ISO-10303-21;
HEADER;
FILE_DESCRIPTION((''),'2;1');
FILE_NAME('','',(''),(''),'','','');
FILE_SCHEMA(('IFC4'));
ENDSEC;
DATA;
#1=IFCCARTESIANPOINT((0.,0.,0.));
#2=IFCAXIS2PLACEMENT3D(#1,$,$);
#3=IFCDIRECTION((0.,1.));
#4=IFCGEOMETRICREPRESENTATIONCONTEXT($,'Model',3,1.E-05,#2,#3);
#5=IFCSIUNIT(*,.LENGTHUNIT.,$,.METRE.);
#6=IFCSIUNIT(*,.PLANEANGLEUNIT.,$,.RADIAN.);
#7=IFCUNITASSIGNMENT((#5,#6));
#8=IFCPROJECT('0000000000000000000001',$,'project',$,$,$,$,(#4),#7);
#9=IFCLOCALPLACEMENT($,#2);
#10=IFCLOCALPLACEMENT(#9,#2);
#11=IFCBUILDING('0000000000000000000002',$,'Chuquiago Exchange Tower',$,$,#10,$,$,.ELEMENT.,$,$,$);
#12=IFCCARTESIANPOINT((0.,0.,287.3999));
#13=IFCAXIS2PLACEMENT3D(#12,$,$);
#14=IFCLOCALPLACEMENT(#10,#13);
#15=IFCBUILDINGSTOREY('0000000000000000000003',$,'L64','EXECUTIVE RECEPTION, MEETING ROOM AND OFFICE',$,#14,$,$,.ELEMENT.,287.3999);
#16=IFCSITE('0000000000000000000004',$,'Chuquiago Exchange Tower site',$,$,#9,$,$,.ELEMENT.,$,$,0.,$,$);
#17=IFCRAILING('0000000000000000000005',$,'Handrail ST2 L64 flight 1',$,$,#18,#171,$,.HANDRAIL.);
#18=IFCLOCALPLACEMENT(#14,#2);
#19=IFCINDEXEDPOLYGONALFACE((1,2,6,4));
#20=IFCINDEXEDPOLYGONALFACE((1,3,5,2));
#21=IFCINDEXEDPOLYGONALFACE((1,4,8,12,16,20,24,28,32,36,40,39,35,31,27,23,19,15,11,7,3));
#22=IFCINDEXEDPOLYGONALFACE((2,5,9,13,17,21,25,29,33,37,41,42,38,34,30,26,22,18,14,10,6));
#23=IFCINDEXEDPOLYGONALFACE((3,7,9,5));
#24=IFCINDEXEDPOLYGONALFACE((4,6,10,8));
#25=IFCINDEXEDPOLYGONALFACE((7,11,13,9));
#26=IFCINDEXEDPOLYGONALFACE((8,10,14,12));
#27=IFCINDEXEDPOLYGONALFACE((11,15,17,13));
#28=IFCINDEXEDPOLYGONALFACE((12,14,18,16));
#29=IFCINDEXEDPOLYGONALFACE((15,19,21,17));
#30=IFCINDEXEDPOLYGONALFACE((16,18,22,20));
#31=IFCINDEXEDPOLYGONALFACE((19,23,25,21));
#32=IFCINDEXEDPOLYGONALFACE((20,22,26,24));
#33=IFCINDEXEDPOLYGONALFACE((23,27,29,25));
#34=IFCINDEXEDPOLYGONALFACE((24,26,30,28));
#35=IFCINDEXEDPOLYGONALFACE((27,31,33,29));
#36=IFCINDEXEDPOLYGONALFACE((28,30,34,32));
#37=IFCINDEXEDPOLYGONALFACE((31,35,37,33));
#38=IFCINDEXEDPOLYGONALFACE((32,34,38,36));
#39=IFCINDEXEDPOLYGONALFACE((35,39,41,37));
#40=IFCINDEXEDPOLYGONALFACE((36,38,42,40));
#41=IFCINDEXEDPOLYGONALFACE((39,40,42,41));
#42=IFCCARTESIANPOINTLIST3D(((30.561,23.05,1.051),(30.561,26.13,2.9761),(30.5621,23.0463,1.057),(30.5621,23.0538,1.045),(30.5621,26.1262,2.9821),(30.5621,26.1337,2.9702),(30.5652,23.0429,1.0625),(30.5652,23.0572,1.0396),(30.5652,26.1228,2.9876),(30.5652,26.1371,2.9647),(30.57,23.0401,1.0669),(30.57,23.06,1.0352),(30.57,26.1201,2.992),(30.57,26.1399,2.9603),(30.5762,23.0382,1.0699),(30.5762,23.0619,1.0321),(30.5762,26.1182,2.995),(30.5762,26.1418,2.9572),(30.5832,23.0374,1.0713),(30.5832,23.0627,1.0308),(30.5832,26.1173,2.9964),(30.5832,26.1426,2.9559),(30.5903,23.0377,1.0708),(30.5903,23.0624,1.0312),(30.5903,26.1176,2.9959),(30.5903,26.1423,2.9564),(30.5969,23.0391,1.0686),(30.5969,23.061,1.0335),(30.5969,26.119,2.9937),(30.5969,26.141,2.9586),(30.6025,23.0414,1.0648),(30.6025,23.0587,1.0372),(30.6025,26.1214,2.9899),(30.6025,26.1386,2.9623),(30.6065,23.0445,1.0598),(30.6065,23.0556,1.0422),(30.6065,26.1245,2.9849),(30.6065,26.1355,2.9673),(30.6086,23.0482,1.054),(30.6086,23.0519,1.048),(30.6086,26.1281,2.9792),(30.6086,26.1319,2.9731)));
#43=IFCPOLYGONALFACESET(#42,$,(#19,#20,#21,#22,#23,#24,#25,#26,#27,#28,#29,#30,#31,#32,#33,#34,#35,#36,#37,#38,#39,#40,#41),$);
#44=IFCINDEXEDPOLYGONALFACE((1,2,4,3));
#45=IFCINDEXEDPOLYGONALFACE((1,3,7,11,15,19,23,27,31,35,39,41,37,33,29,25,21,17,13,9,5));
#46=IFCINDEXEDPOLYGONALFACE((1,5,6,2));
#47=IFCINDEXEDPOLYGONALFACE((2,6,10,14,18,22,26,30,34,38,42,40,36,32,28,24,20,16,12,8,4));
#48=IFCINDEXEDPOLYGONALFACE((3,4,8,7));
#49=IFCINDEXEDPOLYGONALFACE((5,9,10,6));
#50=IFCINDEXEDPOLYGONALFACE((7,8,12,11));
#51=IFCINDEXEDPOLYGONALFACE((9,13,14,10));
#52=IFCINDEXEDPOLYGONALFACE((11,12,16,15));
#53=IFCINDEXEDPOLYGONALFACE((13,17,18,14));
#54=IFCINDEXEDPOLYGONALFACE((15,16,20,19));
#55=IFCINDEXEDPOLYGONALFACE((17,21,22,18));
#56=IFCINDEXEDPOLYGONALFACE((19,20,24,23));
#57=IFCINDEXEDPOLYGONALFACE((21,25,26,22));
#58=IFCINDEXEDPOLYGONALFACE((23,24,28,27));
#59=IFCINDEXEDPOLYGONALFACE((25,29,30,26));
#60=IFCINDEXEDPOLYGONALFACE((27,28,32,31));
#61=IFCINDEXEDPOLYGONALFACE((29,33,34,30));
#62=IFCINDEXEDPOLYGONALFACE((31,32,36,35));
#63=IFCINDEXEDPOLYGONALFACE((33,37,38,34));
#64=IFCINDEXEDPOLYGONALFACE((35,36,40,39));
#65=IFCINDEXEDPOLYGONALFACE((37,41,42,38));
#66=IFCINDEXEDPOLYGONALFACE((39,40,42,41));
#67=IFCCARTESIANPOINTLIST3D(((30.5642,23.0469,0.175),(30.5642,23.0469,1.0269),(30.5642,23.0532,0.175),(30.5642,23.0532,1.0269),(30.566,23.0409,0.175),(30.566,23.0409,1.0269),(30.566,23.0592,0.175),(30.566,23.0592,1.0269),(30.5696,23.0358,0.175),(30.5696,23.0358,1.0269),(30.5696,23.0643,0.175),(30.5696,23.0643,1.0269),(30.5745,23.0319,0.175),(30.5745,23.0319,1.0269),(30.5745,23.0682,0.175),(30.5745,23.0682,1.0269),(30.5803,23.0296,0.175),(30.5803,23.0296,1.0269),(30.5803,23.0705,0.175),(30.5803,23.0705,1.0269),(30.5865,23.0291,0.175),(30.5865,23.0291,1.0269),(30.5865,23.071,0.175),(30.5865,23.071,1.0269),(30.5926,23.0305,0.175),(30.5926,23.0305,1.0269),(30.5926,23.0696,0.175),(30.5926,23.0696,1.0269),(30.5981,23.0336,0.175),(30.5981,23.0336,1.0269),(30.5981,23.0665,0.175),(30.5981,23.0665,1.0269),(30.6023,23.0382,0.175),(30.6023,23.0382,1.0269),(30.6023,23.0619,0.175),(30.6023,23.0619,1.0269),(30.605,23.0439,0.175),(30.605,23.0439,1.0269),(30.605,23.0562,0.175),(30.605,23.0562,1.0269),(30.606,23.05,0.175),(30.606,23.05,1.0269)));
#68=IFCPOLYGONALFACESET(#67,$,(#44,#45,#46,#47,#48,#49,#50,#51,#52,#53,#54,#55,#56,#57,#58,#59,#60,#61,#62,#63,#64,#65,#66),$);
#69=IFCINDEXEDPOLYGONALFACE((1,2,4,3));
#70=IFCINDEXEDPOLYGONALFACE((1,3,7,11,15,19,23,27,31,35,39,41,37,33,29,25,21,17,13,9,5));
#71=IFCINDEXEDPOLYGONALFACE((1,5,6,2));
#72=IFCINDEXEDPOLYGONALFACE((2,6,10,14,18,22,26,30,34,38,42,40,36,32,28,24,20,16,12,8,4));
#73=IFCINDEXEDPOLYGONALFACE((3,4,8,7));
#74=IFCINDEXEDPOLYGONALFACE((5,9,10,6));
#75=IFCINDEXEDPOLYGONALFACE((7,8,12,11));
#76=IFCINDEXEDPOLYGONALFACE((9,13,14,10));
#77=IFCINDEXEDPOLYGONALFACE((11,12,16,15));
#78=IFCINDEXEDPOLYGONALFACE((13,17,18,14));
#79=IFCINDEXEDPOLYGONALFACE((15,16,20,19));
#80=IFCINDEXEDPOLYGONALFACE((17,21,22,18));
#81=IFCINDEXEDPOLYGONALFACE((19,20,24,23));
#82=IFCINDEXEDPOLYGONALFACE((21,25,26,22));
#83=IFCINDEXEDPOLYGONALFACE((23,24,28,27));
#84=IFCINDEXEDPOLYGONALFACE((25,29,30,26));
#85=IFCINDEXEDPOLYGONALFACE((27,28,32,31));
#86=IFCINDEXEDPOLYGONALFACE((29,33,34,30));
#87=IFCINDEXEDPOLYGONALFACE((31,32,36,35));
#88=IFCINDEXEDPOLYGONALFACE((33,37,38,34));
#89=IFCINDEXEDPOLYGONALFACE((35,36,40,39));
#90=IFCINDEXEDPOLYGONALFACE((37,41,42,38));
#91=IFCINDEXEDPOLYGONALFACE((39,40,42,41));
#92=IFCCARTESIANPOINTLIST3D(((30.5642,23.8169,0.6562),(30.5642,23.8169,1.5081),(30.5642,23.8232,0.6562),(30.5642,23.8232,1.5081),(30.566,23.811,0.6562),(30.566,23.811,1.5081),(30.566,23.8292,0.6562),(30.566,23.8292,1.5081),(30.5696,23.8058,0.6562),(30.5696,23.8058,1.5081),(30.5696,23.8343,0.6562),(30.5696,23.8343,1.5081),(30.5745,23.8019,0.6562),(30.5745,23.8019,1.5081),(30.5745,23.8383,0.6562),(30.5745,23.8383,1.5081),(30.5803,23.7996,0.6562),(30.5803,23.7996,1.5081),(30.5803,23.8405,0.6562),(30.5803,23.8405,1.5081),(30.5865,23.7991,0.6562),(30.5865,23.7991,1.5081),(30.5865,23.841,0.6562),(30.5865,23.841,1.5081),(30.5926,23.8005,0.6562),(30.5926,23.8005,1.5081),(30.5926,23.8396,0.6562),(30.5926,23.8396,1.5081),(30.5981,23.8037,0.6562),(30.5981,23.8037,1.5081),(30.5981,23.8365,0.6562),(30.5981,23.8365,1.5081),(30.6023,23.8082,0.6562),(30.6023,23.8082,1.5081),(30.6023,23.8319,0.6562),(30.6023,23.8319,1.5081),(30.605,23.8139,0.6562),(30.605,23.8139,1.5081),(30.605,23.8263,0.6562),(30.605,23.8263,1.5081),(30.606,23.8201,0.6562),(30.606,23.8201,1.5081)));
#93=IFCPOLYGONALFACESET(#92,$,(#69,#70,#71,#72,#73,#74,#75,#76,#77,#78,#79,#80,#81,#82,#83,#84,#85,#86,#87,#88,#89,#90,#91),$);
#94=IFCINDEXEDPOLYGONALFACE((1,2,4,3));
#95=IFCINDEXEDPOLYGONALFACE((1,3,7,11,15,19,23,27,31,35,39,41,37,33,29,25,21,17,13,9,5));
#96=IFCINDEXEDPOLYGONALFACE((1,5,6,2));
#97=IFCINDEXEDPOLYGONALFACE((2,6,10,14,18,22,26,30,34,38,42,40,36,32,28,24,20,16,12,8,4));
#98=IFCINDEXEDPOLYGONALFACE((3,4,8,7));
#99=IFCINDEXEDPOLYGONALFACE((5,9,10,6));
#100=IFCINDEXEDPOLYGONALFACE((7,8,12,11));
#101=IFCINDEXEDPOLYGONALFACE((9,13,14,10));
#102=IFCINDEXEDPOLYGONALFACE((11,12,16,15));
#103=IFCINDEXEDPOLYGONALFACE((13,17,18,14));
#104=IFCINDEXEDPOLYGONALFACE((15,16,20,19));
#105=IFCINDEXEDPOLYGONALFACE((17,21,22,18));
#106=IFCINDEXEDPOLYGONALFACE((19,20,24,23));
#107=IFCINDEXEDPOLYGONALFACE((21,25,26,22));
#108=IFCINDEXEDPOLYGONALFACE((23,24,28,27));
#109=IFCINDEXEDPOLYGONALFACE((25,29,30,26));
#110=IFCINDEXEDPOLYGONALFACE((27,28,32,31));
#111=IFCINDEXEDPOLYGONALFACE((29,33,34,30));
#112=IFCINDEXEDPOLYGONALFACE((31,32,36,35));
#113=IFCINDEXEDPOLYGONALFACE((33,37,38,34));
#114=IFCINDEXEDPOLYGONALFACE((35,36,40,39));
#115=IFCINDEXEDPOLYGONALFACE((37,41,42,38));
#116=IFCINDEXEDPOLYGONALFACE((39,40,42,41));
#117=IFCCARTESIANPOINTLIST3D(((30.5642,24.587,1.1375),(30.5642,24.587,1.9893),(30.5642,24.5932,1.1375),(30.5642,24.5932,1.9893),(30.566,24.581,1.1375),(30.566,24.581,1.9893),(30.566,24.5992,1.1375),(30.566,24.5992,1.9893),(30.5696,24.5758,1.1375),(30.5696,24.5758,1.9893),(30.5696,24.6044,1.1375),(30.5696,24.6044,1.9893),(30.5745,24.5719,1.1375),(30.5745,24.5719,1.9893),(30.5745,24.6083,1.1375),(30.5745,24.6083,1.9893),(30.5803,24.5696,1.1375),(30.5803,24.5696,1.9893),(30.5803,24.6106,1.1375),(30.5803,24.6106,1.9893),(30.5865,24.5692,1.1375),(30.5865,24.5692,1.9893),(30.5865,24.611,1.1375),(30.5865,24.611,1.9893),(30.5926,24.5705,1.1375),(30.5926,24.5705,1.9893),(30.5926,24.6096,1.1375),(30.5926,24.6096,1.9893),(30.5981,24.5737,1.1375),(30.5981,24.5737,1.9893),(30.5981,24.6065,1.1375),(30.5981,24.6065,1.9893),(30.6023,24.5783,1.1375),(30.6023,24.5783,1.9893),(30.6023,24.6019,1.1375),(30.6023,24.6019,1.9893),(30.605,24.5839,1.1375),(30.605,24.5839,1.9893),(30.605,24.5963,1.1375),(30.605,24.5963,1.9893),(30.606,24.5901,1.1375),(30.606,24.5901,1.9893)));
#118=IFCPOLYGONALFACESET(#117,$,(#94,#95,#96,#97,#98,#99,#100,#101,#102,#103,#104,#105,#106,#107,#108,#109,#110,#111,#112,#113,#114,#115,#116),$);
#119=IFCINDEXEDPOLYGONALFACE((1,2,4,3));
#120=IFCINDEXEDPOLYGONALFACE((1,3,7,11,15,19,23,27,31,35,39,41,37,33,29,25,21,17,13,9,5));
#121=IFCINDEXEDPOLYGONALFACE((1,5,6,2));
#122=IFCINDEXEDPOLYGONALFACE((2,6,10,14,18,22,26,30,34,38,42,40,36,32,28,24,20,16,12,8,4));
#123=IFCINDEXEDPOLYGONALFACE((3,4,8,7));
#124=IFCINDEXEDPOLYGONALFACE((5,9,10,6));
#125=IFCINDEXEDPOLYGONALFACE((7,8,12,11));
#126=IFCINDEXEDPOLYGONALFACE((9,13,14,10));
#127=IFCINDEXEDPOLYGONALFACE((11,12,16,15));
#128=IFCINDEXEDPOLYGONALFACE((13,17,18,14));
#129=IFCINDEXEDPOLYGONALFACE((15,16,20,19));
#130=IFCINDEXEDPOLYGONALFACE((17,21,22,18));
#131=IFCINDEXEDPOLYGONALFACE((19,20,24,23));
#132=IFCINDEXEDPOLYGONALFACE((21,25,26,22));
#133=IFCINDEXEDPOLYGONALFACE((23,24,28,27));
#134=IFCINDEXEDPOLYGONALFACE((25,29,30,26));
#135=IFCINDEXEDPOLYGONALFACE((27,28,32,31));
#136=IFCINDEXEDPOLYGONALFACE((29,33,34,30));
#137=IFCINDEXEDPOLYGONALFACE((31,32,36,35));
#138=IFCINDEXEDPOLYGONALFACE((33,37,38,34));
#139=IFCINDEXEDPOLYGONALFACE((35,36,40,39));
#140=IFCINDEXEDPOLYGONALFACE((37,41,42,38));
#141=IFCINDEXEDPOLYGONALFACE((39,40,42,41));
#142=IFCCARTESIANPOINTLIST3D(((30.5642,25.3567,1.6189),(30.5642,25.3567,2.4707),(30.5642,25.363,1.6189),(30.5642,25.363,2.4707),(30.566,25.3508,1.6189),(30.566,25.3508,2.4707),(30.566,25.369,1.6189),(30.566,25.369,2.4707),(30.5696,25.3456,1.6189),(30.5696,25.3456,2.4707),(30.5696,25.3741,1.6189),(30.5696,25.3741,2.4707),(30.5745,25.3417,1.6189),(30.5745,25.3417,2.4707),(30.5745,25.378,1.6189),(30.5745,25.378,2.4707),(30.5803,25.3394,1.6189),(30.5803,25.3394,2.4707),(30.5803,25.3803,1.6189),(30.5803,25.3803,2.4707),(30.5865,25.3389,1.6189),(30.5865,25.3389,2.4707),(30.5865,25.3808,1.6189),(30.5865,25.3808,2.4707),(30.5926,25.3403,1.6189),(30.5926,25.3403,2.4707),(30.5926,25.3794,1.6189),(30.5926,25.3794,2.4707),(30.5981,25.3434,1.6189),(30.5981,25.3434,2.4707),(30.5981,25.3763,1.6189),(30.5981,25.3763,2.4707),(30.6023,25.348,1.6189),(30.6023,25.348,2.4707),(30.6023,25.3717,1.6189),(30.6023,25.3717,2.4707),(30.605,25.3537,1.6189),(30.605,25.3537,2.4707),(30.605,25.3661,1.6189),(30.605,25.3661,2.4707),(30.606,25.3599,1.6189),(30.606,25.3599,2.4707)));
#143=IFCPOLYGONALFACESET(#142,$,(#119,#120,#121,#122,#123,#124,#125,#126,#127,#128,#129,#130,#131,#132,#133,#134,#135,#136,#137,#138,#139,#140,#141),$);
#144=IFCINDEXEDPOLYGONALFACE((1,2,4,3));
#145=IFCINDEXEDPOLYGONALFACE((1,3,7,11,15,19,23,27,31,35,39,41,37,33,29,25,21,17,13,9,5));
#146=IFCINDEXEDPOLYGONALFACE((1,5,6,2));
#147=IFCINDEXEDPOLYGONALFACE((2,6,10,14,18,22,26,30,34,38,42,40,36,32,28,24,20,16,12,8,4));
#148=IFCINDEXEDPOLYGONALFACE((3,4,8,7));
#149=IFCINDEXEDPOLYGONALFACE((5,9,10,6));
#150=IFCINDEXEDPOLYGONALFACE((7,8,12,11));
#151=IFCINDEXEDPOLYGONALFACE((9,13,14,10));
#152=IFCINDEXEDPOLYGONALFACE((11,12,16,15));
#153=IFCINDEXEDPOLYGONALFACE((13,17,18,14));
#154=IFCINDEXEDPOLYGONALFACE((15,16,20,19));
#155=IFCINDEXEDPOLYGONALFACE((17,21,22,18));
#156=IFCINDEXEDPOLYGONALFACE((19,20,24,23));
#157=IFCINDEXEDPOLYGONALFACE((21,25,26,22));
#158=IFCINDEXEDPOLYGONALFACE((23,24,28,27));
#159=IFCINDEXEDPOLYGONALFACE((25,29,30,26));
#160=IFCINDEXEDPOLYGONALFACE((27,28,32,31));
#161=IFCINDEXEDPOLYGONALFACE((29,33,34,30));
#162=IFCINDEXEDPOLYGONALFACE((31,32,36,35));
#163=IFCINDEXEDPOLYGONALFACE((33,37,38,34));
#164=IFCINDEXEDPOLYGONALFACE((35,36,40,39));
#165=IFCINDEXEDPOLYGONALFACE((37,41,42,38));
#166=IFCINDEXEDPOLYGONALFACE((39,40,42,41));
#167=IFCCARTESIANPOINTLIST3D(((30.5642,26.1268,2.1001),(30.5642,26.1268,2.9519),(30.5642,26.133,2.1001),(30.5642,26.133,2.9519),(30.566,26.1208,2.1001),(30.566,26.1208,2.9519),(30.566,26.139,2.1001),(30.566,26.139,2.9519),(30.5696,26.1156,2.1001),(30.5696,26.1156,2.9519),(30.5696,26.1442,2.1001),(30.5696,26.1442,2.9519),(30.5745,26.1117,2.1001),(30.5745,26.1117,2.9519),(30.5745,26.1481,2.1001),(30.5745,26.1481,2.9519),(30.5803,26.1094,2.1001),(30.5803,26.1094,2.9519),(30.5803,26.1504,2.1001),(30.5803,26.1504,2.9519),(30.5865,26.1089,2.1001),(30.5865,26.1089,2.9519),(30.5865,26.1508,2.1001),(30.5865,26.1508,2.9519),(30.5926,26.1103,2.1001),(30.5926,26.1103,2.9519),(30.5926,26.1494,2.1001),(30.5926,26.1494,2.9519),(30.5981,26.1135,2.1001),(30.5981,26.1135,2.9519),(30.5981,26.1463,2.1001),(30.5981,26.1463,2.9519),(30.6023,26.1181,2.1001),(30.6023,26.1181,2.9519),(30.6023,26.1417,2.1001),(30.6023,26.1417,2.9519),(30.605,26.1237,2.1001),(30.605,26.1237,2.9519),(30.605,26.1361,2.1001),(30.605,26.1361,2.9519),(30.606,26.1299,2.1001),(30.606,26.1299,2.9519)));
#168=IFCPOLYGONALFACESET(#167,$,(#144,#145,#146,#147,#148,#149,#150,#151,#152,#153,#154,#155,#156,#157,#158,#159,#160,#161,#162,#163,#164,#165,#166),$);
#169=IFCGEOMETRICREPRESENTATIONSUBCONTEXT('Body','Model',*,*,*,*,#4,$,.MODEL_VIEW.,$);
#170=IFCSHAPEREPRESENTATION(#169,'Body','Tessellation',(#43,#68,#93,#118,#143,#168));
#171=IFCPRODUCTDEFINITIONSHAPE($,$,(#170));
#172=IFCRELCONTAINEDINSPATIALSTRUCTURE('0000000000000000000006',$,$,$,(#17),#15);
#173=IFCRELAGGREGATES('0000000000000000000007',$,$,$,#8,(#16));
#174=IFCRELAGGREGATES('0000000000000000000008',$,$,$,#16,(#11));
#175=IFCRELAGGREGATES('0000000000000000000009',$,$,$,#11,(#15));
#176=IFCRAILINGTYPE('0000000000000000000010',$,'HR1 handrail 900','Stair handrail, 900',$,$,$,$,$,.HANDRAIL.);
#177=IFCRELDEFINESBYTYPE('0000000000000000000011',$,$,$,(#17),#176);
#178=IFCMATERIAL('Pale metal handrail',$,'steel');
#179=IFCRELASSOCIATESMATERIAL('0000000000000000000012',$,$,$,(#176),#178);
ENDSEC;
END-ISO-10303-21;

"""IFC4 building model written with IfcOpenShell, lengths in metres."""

from ifc_helpers import new_model, si_unit, direction, frame, origin, origin_2d, place, context, subcontext, project, spatial, circle, extrude, material, type_object, element, save


model = new_model("IFC4")

# Units and contexts
model_context = context("Model", 3, precision=1e-05, world=origin(), true_north=direction((0.0, 1.0)))
body_context = subcontext(model_context, "Body", "Model", "MODEL_VIEW")
ifc_project = project(units=[si_unit("LENGTHUNIT", "METRE"), si_unit("PLANEANGLEUNIT", "RADIAN")], contexts=[model_context])

# Site, building, storey
site_placement = place(None, origin())
site = spatial("IfcSite", under=ifc_project, at=site_placement, Name="Chuquiago Exchange Tower site", CompositionType="ELEMENT", RefElevation=0.0)
building_placement = place(site_placement, origin())
building = spatial("IfcBuilding", under=site, at=building_placement, Name="Chuquiago Exchange Tower", CompositionType="ELEMENT")
storey_placement = place(building_placement, frame((0.0, 0.0, 287.3999)))
storey = spatial("IfcBuildingStorey", under=building, at=storey_placement, Name="L64", Description="EXECUTIVE RECEPTION, MEETING ROOM AND OFFICE", CompositionType="ELEMENT", Elevation=287.3999)

# Railing
ifc_material_1 = material(Name="Pale metal handrail", Category="steel")
railing_type = type_object("IfcRailingType", Name="HR1 handrail 900", Description="Stair handrail, 900", PredefinedType="HANDRAIL", material=ifc_material_1)
railing_placement = place(storey_placement, frame((30.585, 23.05, 0.175)))
element("IfcRailing", 1, at=railing_placement, inside=storey, type_object=railing_type, Name="Handrail ST2 L64 flight 1", PredefinedType="HANDRAIL", context=body_context, shape_type="SweptSolid", body=[
    extrude(circle(Radius=0.0239, at=origin_2d()), frame((0.0, 0.0, 0.876), z_axis=(0.0, 0.847979, 0.530029), x_axis=(-1.0, 0.0, 0.0)), (0.0, 0.0, 1.0), 3.6321),
    extrude(circle(Radius=0.021, at=origin_2d()), origin(), (0.0, 0.0, 1.0), 0.8518),
    extrude(circle(Radius=0.021, at=origin_2d()), frame((0.0, 0.77, 0.4812)), (0.0, 0.0, 1.0), 0.8518),
    extrude(circle(Radius=0.021, at=origin_2d()), frame((0.0, 1.54, 0.9624)), (0.0, 0.0, 1.0), 0.8518),
    extrude(circle(Radius=0.021, at=origin_2d()), frame((0.0, 2.3098, 1.4438)), (0.0, 0.0, 1.0), 0.8518),
    extrude(circle(Radius=0.021, at=origin_2d()), frame((0.0, 3.0798, 1.925)), (0.0, 0.0, 1.0), 0.8518),
])

save(model, "model.ifc")
